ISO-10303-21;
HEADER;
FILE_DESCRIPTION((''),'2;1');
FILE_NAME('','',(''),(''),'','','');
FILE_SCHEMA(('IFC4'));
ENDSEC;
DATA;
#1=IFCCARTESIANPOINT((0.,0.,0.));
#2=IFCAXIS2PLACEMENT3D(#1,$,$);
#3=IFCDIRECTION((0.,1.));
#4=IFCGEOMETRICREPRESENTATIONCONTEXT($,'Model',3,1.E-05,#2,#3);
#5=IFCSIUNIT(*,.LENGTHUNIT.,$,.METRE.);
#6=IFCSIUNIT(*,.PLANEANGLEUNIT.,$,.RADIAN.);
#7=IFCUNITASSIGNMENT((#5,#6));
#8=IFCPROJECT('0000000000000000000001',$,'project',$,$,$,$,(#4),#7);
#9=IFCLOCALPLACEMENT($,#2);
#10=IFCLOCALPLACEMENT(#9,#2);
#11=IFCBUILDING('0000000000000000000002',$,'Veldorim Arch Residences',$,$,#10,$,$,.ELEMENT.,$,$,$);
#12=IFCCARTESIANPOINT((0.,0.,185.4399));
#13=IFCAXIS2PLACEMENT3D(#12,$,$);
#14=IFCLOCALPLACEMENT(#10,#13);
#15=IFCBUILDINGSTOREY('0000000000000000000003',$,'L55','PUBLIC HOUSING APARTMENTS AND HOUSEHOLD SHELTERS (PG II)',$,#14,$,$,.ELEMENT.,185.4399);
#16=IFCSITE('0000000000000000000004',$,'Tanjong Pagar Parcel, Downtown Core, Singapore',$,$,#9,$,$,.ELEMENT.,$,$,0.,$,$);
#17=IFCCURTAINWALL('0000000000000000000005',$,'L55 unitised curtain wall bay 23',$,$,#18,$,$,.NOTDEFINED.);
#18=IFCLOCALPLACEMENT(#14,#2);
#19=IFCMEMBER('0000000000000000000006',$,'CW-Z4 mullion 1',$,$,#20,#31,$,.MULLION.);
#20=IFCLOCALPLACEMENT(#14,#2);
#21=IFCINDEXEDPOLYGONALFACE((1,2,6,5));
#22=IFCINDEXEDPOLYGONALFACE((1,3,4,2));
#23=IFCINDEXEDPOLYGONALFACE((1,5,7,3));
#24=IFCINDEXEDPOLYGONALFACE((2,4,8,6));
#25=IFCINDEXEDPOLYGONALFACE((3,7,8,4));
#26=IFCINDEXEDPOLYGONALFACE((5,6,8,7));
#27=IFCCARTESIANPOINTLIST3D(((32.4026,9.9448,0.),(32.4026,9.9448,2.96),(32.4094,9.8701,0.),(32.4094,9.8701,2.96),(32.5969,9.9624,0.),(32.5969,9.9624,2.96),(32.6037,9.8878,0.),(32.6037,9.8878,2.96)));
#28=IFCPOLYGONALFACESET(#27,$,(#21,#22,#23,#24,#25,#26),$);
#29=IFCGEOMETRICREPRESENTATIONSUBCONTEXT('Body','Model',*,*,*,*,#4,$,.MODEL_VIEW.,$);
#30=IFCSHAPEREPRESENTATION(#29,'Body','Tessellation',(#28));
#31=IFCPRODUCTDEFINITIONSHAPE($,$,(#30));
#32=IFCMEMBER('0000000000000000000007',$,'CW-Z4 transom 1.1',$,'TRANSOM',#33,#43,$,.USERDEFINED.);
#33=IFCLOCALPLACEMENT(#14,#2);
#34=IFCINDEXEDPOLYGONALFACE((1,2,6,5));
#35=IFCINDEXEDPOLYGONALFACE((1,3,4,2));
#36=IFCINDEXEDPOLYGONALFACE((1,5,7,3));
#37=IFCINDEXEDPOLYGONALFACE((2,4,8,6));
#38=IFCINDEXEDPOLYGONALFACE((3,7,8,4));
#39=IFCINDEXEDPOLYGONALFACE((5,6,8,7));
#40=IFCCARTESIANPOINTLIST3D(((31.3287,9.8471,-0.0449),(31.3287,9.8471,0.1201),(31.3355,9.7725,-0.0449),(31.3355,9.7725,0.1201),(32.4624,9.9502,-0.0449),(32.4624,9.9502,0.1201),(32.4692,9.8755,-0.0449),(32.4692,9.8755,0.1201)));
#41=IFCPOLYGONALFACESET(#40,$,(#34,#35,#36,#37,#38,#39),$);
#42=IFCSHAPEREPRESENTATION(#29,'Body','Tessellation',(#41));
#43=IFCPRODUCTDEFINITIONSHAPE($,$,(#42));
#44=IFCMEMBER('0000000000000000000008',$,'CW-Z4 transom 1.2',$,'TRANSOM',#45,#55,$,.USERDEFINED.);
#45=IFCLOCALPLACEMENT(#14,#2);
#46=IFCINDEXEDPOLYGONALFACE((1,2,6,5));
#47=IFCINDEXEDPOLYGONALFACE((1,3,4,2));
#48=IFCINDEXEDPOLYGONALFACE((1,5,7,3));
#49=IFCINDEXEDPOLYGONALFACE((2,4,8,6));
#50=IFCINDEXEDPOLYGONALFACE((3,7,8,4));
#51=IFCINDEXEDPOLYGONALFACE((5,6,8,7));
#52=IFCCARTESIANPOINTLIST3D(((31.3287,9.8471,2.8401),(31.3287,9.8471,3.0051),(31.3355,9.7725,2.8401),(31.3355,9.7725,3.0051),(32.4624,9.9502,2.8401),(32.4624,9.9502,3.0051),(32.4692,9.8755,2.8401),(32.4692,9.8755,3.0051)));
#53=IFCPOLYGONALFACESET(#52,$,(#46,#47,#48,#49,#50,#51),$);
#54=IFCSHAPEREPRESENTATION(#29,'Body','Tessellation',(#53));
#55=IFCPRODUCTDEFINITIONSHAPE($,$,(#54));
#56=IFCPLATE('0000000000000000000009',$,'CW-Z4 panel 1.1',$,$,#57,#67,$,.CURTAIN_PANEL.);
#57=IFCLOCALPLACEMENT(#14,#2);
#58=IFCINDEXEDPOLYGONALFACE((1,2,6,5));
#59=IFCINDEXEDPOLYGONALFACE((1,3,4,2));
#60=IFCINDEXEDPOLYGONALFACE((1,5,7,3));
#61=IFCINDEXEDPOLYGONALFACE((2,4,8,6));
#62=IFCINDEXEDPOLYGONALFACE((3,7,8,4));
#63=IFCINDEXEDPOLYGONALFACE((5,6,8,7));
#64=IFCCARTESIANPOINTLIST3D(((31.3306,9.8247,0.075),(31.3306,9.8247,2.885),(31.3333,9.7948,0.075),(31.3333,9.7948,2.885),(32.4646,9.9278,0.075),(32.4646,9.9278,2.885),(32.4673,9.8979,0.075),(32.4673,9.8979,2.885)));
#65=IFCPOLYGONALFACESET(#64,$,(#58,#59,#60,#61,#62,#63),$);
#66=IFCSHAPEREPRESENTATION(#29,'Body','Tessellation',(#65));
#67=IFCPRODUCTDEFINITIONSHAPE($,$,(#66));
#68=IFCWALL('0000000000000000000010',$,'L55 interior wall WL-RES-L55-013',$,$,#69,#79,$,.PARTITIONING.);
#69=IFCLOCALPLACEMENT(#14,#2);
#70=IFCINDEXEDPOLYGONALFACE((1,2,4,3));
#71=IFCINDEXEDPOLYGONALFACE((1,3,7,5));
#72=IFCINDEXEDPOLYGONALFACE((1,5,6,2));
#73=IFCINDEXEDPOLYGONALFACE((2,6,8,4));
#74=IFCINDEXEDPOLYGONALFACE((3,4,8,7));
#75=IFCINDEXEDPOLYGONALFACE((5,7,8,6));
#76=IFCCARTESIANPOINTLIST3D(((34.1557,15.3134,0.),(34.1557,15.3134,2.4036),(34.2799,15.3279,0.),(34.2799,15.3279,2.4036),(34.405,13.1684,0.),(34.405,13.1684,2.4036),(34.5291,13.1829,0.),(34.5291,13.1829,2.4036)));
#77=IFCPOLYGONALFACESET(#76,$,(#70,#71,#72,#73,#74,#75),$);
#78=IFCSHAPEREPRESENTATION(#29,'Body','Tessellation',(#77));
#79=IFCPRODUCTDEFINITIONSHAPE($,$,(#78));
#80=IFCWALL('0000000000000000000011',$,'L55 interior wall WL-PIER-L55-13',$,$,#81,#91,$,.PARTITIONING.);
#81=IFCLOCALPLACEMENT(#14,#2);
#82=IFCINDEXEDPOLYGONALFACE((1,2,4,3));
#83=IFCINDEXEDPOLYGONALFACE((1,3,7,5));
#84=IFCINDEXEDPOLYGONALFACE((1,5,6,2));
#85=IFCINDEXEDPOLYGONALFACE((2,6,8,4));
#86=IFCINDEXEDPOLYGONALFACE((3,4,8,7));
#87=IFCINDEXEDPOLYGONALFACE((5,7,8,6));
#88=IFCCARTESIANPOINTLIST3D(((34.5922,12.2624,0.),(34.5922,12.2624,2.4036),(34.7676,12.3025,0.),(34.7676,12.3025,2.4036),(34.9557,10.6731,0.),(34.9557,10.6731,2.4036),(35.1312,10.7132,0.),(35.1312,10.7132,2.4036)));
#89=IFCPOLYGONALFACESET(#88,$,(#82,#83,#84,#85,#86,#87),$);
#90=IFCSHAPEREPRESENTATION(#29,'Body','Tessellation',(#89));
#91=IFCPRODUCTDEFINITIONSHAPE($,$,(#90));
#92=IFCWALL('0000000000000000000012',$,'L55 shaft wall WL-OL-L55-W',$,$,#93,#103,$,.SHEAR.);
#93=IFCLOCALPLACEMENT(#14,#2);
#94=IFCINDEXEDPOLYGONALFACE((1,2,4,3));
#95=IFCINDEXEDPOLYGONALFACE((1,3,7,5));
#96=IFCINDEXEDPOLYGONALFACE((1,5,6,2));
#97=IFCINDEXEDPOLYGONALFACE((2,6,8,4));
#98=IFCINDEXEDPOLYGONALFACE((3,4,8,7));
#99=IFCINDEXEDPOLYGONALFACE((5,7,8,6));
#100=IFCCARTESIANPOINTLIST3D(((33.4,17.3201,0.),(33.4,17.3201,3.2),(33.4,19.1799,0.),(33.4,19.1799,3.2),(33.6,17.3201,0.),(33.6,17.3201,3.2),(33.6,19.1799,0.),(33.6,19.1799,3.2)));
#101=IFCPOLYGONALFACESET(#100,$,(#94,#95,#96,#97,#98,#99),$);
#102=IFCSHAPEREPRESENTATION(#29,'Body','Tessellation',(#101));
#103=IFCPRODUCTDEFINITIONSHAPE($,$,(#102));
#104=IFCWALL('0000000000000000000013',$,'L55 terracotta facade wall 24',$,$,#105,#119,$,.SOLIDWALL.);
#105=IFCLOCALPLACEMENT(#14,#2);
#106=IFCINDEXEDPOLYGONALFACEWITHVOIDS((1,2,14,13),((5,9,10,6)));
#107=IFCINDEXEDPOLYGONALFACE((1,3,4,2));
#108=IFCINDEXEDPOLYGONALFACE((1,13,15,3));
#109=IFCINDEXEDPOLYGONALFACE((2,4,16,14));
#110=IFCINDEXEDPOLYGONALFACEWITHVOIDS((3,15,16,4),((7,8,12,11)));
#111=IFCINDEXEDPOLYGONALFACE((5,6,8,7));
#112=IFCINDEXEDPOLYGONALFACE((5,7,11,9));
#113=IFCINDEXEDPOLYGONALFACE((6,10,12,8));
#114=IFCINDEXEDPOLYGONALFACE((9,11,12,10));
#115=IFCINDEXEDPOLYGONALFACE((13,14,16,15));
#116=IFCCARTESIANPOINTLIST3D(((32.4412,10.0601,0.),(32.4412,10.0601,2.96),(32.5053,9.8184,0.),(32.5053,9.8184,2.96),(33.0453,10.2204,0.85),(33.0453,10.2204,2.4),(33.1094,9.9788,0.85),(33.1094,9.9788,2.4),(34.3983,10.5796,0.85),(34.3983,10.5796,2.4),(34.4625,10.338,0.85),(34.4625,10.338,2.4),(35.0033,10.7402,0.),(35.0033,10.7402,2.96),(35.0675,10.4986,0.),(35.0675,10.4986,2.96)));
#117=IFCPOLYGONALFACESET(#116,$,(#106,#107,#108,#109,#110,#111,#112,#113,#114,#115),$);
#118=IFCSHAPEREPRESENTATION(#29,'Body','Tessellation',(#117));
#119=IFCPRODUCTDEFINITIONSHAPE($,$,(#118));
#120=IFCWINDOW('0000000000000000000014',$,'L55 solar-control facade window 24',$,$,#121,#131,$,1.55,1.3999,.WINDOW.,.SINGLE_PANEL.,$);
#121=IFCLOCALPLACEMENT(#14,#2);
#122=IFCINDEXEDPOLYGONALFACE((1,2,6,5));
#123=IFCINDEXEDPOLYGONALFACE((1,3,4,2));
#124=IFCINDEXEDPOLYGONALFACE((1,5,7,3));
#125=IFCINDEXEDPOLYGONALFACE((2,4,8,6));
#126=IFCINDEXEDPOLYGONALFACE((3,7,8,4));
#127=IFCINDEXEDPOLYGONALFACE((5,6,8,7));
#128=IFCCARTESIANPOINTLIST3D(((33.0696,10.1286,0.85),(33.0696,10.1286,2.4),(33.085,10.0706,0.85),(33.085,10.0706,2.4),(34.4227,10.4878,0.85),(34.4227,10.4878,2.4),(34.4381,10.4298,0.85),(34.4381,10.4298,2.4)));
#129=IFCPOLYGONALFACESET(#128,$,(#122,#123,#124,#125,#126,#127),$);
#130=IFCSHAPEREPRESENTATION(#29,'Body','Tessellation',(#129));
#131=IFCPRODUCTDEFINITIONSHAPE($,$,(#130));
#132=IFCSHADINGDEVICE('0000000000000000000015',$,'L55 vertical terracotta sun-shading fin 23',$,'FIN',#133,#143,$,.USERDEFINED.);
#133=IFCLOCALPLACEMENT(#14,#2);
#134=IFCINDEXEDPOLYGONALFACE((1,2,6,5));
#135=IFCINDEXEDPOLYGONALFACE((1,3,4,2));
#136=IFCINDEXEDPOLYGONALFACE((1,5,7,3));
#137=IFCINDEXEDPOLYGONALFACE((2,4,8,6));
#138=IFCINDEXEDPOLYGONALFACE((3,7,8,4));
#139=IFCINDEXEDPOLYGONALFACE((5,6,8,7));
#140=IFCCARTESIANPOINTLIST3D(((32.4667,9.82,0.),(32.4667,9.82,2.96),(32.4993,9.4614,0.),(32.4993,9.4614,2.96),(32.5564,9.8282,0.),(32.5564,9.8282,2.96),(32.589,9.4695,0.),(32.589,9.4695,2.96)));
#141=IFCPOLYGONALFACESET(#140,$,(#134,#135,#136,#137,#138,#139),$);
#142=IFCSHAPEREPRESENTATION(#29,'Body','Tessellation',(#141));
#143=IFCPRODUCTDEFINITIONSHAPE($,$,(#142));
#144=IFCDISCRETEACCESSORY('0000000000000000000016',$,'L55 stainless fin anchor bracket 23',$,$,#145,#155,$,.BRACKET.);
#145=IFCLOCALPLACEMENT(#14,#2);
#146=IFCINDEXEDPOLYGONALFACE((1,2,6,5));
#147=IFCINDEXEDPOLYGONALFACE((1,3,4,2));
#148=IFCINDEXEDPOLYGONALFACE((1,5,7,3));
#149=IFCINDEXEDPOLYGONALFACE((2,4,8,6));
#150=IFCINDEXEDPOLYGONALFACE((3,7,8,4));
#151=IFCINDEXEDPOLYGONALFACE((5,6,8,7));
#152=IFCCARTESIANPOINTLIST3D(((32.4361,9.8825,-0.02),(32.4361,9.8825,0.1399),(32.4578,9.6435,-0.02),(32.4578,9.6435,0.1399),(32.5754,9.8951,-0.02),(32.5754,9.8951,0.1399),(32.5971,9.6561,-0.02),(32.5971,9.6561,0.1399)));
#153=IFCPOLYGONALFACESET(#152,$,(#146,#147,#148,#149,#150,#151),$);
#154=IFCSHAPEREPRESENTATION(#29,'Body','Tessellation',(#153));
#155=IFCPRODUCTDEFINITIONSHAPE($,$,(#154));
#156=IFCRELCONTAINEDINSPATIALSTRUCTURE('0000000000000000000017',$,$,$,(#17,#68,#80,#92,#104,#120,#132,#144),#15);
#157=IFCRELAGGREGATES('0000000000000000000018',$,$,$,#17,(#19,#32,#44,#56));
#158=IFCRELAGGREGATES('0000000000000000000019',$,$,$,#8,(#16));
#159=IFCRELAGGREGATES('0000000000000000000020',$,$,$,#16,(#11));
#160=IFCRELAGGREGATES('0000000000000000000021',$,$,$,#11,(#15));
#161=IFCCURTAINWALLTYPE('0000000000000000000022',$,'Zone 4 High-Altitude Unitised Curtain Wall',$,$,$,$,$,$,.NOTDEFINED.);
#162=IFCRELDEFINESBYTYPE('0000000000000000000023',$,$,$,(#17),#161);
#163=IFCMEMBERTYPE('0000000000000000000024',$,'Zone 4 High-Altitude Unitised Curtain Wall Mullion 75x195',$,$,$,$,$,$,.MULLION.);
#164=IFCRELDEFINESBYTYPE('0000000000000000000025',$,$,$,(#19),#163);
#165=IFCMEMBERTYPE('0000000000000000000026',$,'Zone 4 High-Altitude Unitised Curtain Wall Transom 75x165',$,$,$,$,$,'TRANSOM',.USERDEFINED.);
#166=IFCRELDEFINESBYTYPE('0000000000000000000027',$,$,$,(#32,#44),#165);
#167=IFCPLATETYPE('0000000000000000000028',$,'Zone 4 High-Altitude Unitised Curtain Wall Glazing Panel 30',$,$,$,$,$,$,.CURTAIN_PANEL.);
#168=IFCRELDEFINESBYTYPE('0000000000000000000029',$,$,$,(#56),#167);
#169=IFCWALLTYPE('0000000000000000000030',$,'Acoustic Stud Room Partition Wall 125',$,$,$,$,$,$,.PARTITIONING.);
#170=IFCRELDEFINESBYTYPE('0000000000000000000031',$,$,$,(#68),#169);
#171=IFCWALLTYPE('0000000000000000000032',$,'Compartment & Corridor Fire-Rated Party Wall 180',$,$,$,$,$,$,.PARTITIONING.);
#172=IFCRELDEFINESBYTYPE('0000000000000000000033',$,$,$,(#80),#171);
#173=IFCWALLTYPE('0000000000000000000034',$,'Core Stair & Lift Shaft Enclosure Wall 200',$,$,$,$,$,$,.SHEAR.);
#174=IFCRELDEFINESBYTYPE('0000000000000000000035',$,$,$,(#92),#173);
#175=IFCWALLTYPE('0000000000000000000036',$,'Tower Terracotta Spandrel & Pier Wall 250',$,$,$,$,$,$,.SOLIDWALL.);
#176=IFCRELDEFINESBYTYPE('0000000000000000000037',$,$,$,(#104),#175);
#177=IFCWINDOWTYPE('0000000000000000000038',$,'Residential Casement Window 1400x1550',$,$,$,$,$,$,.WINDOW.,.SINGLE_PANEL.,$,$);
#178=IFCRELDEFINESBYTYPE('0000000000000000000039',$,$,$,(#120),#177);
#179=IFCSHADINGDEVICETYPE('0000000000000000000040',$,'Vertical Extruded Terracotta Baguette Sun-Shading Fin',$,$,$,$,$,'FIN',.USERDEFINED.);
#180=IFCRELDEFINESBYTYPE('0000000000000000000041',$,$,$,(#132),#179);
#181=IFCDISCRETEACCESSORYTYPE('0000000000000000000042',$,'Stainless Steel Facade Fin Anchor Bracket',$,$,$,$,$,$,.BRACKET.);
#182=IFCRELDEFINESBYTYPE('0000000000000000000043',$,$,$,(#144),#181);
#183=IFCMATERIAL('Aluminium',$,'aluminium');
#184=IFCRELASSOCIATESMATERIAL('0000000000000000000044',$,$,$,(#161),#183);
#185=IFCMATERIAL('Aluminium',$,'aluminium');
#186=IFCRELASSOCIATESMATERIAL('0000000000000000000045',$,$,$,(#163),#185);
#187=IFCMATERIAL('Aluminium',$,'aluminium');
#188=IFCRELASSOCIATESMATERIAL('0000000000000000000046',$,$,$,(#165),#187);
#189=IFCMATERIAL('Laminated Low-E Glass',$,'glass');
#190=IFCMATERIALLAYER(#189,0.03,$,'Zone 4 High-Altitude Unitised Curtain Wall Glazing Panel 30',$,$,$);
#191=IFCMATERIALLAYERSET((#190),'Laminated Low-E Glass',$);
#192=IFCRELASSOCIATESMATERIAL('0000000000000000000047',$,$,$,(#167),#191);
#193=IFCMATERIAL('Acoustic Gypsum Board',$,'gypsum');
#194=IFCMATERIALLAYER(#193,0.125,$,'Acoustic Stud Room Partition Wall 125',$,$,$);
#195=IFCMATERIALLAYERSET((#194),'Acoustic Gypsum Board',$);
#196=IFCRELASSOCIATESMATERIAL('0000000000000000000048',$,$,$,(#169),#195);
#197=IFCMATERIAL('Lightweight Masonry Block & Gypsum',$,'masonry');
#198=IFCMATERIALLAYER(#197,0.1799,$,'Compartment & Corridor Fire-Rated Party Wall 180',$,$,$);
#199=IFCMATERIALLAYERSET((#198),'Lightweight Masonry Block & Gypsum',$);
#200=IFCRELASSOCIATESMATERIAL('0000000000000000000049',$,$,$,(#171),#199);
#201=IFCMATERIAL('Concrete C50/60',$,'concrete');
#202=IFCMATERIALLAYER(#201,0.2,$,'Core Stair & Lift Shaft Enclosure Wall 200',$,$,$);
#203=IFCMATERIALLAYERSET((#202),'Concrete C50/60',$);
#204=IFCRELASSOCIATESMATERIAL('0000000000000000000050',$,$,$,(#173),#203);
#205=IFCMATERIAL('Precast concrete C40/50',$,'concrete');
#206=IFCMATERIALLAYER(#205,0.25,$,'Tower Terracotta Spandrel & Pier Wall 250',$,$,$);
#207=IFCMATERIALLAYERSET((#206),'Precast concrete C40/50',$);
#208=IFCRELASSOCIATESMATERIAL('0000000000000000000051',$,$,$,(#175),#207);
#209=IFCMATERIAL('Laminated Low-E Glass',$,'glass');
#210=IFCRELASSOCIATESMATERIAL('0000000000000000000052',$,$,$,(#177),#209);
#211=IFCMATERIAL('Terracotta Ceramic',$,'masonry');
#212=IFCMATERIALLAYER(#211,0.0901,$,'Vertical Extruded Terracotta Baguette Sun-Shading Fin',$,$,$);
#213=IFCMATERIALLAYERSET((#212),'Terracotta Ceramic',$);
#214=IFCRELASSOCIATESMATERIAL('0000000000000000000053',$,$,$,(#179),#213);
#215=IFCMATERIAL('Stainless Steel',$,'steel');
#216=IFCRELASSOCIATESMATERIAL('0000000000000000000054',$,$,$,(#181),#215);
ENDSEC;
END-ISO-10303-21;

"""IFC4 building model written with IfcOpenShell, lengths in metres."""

from ifc_helpers import new_model, si_unit, direction, frame, frame_2d, origin, origin_2d, place, context, subcontext, project, spatial, rectangle, extrude, material, layer, layer_set, material_profile, profile_set, type_object, element, fill, aggregate, save


model = new_model("IFC4")

# Units and contexts
model_context = context("Model", 3, precision=1e-05, world=origin(), true_north=direction((0.0, 1.0)))
body_context = subcontext(model_context, "Body", "Model", "MODEL_VIEW")
ifc_project = project(units=[si_unit("LENGTHUNIT", "METRE"), si_unit("PLANEANGLEUNIT", "RADIAN")], contexts=[model_context])

# Site, building, storey
site_placement = place(None, origin())
site = spatial("IfcSite", under=ifc_project, at=site_placement, Name="Tanjong Pagar Parcel, Downtown Core, Singapore", CompositionType="ELEMENT", RefElevation=0.0)
building_placement = place(site_placement, origin())
building = spatial("IfcBuilding", under=site, at=building_placement, Name="Veldorim Arch Residences", CompositionType="ELEMENT")
storey_placement = place(building_placement, frame((0.0, 0.0, 185.4399)))
storey = spatial("IfcBuildingStorey", under=building, at=storey_placement, Name="L55", Description="PUBLIC HOUSING APARTMENTS AND HOUSEHOLD SHELTERS (PG II)", CompositionType="ELEMENT", Elevation=185.4399)

# Curtain wall, members, plate
ifc_material_1 = material(Name="Aluminium", Category="aluminium")
curtain_wall_type = type_object("IfcCurtainWallType", Name="Zone 4 High-Altitude Unitised Curtain Wall", PredefinedType="NOTDEFINED", material=ifc_material_1)
curtain_wall_placement = place(storey_placement, origin())
curtain_wall = element("IfcCurtainWall", 1, at=curtain_wall_placement, inside=storey, type_object=curtain_wall_type, Name="L55 unitised curtain wall bay 23", PredefinedType="NOTDEFINED")
ifc_material_2 = material(Name="Aluminium", Category="aluminium")
ifc_material_profile_1 = material_profile(ifc_material_2, rectangle(XDim=0.075, YDim=0.1951, at=origin_2d()), Name="ALU_MUL_75x195")
ifc_profile_set_1 = profile_set([ifc_material_profile_1], Name="Aluminium")
member_type_1 = type_object("IfcMemberType", Name="Zone 4 High-Altitude Unitised Curtain Wall Mullion 75x195", PredefinedType="MULLION", material=ifc_profile_set_1)
member_1_placement = place(storey_placement, frame((32.5032, 9.9163, 0.0), z_axis=(0.0, 0.0, 1.0), x_axis=(0.090521, -0.995895, 0.0)))
member_1 = element("IfcMember", 2, at=member_1_placement, type_object=member_type_1, Name="CW-Z4 mullion 1", PredefinedType="MULLION", context=body_context, shape_type="SweptSolid", body=[
    extrude(rectangle(XDim=0.075, YDim=0.1951, at=origin_2d()), origin(), (0.0, 0.0, 1.0), 2.96),
])
ifc_material_3 = material(Name="Aluminium", Category="aluminium")
ifc_material_profile_2 = material_profile(ifc_material_3, rectangle(XDim=0.075, YDim=0.165, at=origin_2d()), Name="ALU_TRN_75x165")
ifc_profile_set_2 = profile_set([ifc_material_profile_2], Name="Aluminium")
member_type_2 = type_object("IfcMemberType", Name="Zone 4 High-Altitude Unitised Curtain Wall Transom 75x165", ElementType="TRANSOM", PredefinedType="USERDEFINED", material=ifc_profile_set_2)
member_2_placement = place(storey_placement, frame((32.4658, 9.9128, 0.0376), z_axis=(-0.995897, -0.090497, 0.0), x_axis=(0.090497, -0.995897, 0.0)))
member_2 = element("IfcMember", 3, at=member_2_placement, type_object=member_type_2, Name="CW-Z4 transom 1.1", ObjectType="TRANSOM", PredefinedType="USERDEFINED", context=body_context, shape_type="SweptSolid", body=[
    extrude(rectangle(XDim=0.075, YDim=0.165, at=origin_2d()), origin(), (0.0, 0.0, 1.0), 1.1384),
])
member_3_placement = place(storey_placement, frame((32.4658, 9.9128, 2.9226), z_axis=(-0.995897, -0.090497, 0.0), x_axis=(0.090497, -0.995897, 0.0)))
member_3 = element("IfcMember", 4, at=member_3_placement, type_object=member_type_2, Name="CW-Z4 transom 1.2", ObjectType="TRANSOM", PredefinedType="USERDEFINED", context=body_context, shape_type="SweptSolid", body=[
    extrude(rectangle(XDim=0.075, YDim=0.165, at=origin_2d()), origin(), (0.0, 0.0, 1.0), 1.1384),
])
ifc_material_4 = material(Name="Laminated Low-E Glass", Category="glass")
ifc_layer_1 = layer(ifc_material_4, 0.03, Name="Zone 4 High-Altitude Unitised Curtain Wall Glazing Panel 30")
ifc_layer_set_1 = layer_set([ifc_layer_1], Name="Laminated Low-E Glass")
plate_type = type_object("IfcPlateType", Name="Zone 4 High-Altitude Unitised Curtain Wall Glazing Panel 30", PredefinedType="CURTAIN_PANEL", material=ifc_layer_set_1)
plate_placement = place(storey_placement, frame((31.8989, 9.8613, 0.075), z_axis=(0.0, 0.0, 1.0), x_axis=(-0.995895, -0.090521, 0.0)))
plate = element("IfcPlate", 5, at=plate_placement, type_object=plate_type, Name="CW-Z4 panel 1.1", PredefinedType="CURTAIN_PANEL", context=body_context, shape_type="SweptSolid", body=[
    extrude(rectangle(XDim=1.1387, YDim=0.03, at=origin_2d()), origin(), (0.0, 0.0, 1.0), 2.8101),
])
aggregate(curtain_wall, [member_1, member_2, member_3, plate])

# Walls
ifc_material_5 = material(Name="Acoustic Gypsum Board", Category="gypsum")
ifc_layer_2 = layer(ifc_material_5, 0.125, Name="Acoustic Stud Room Partition Wall 125")
ifc_layer_set_2 = layer_set([ifc_layer_2], Name="Acoustic Gypsum Board")
wall_type_1 = type_object("IfcWallType", Name="Acoustic Stud Room Partition Wall 125", PredefinedType="PARTITIONING", material=ifc_layer_set_2)
wall_1_placement = place(storey_placement, frame((34.467, 13.1758, 0.0), z_axis=(0.0, 0.0, 1.0), x_axis=(-0.115431, 0.993316, 0.0)))
element("IfcWall", 6, at=wall_1_placement, inside=storey, type_object=wall_type_1, Name="L55 interior wall WL-RES-L55-013", PredefinedType="PARTITIONING", context=body_context, shape_type="SweptSolid", body=[
    extrude(rectangle(XDim=2.1594, YDim=0.125, at=frame_2d((1.0796, 0.0))), origin(), (0.0, 0.0, 1.0), 2.4036),
])
ifc_material_6 = material(Name="Lightweight Masonry Block & Gypsum", Category="masonry")
ifc_layer_3 = layer(ifc_material_6, 0.1799, Name="Compartment & Corridor Fire-Rated Party Wall 180")
ifc_layer_set_3 = layer_set([ifc_layer_3], Name="Lightweight Masonry Block & Gypsum")
wall_type_2 = type_object("IfcWallType", Name="Compartment & Corridor Fire-Rated Party Wall 180", PredefinedType="PARTITIONING", material=ifc_layer_set_3)
wall_2_placement = place(storey_placement, frame((34.6799, 12.2825, 0.0), z_axis=(0.0, 0.0, 1.0), x_axis=(0.222967, -0.974826, 0.0)))
element("IfcWall", 7, at=wall_2_placement, inside=storey, type_object=wall_type_2, Name="L55 interior wall WL-PIER-L55-13", PredefinedType="PARTITIONING", context=body_context, shape_type="SweptSolid", body=[
    extrude(rectangle(XDim=1.6304, YDim=0.1799, at=frame_2d((0.8152, 0.0))), origin(), (0.0, 0.0, 1.0), 2.4036),
])
ifc_material_7 = material(Name="Concrete C50/60", Category="concrete")
ifc_layer_4 = layer(ifc_material_7, 0.2, Name="Core Stair & Lift Shaft Enclosure Wall 200")
ifc_layer_set_4 = layer_set([ifc_layer_4], Name="Concrete C50/60")
wall_type_3 = type_object("IfcWallType", Name="Core Stair & Lift Shaft Enclosure Wall 200", PredefinedType="SHEAR", material=ifc_layer_set_4)
wall_3_placement = place(storey_placement, frame((33.5, 17.3201, 0.0), z_axis=(0.0, 0.0, 1.0), x_axis=(0.0, 1.0, 0.0)))
element("IfcWall", 8, at=wall_3_placement, inside=storey, type_object=wall_type_3, Name="L55 shaft wall WL-OL-L55-W", PredefinedType="SHEAR", context=body_context, shape_type="SweptSolid", body=[
    extrude(rectangle(XDim=1.8599, YDim=0.2, at=frame_2d((0.9299, 0.0))), origin(), (0.0, 0.0, 1.0), 3.2),
])

# Wall, opening, window
ifc_material_8 = material(Name="Precast concrete C40/50", Category="concrete")
ifc_layer_5 = layer(ifc_material_8, 0.25, Name="Tower Terracotta Spandrel & Pier Wall 250")
ifc_layer_set_5 = layer_set([ifc_layer_5], Name="Precast concrete C40/50")
wall_type_4 = type_object("IfcWallType", Name="Tower Terracotta Spandrel & Pier Wall 250", PredefinedType="SOLIDWALL", material=ifc_layer_set_5)
wall_4_placement = place(storey_placement, frame((35.0354, 10.6194, 0.0), z_axis=(0.0, 0.0, 1.0), x_axis=(-0.966525, -0.256573, 0.0)))
wall_4 = element("IfcWall", 9, at=wall_4_placement, inside=storey, type_object=wall_type_4, Name="L55 terracotta facade wall 24", PredefinedType="SOLIDWALL", context=body_context, shape_type="SweptSolid", body=[
    extrude(rectangle(XDim=2.6509, YDim=0.25, at=frame_2d((1.3254, 0.0))), origin(), (0.0, 0.0, 1.0), 2.96),
])
opening_placement = place(wall_4_placement, frame((0.626, 0.0, 0.8501)))
opening = element("IfcOpeningElement", 10, at=opening_placement, cuts=wall_4, PredefinedType="OPENING", context=body_context, shape_type="SweptSolid", body=[
    extrude(rectangle(XDim=1.3999, YDim=1.55, at=frame_2d((0.7, 0.7749))), frame((0.0, 0.135, 0.0), z_axis=(0.0, -1.0, 0.0), x_axis=(1.0, 0.0, 0.0)), (0.0, 0.0, 1.0), 0.27),
])
ifc_material_9 = material(Name="Laminated Low-E Glass", Category="glass")
window_type = type_object("IfcWindowType", Name="Residential Casement Window 1400x1550", PartitioningType="SINGLE_PANEL", PredefinedType="WINDOW", material=ifc_material_9)
window_placement = place(opening_placement, origin())
window = element("IfcWindow", 11, at=window_placement, inside=storey, type_object=window_type, Name="L55 solar-control facade window 24", OverallHeight=1.55, OverallWidth=1.3999, PartitioningType="SINGLE_PANEL", PredefinedType="WINDOW", context=body_context, shape_type="SweptSolid", body=[
    extrude(rectangle(XDim=1.3999, YDim=1.55, at=frame_2d((0.7, 0.7749))), frame((0.0, 0.03, 0.0), z_axis=(0.0, -1.0, 0.0), x_axis=(1.0, 0.0, 0.0)), (0.0, 0.0, 1.0), 0.0601),
])
fill(opening, window)

# Shading device
ifc_material_10 = material(Name="Terracotta Ceramic", Category="masonry")
ifc_layer_6 = layer(ifc_material_10, 0.0901, Name="Vertical Extruded Terracotta Baguette Sun-Shading Fin")
ifc_layer_set_6 = layer_set([ifc_layer_6], Name="Terracotta Ceramic")
shading_device_type = type_object("IfcShadingDeviceType", Name="Vertical Extruded Terracotta Baguette Sun-Shading Fin", ElementType="FIN", PredefinedType="USERDEFINED", material=ifc_layer_set_6)
shading_device_placement = place(storey_placement, frame((32.5278, 9.6448, 0.0), z_axis=(0.0, 0.0, 1.0), x_axis=(-0.9959, -0.090459, 0.0)))
element("IfcShadingDevice", 12, at=shading_device_placement, inside=storey, type_object=shading_device_type, Name="L55 vertical terracotta sun-shading fin 23", ObjectType="FIN", PredefinedType="USERDEFINED", context=body_context, shape_type="SweptSolid", body=[
    extrude(rectangle(XDim=0.0901, YDim=0.3601, at=origin_2d()), origin(), (0.0, 0.0, 1.0), 2.96),
])

# Discrete accessory
ifc_material_11 = material(Name="Stainless Steel", Category="steel")
discrete_accessory_type = type_object("IfcDiscreteAccessoryType", Name="Stainless Steel Facade Fin Anchor Bracket", PredefinedType="BRACKET", material=ifc_material_11)
discrete_accessory_placement = place(storey_placement, frame((32.5166, 9.7693, -0.02), z_axis=(0.0, 0.0, 1.0), x_axis=(-0.9959, -0.090459, 0.0)))
element("IfcDiscreteAccessory", 13, at=discrete_accessory_placement, inside=storey, type_object=discrete_accessory_type, Name="L55 stainless fin anchor bracket 23", PredefinedType="BRACKET", context=body_context, shape_type="SweptSolid", body=[
    extrude(rectangle(XDim=0.1399, YDim=0.24, at=origin_2d()), origin(), (0.0, 0.0, 1.0), 0.1599),
])

save(model, "model.ifc")
